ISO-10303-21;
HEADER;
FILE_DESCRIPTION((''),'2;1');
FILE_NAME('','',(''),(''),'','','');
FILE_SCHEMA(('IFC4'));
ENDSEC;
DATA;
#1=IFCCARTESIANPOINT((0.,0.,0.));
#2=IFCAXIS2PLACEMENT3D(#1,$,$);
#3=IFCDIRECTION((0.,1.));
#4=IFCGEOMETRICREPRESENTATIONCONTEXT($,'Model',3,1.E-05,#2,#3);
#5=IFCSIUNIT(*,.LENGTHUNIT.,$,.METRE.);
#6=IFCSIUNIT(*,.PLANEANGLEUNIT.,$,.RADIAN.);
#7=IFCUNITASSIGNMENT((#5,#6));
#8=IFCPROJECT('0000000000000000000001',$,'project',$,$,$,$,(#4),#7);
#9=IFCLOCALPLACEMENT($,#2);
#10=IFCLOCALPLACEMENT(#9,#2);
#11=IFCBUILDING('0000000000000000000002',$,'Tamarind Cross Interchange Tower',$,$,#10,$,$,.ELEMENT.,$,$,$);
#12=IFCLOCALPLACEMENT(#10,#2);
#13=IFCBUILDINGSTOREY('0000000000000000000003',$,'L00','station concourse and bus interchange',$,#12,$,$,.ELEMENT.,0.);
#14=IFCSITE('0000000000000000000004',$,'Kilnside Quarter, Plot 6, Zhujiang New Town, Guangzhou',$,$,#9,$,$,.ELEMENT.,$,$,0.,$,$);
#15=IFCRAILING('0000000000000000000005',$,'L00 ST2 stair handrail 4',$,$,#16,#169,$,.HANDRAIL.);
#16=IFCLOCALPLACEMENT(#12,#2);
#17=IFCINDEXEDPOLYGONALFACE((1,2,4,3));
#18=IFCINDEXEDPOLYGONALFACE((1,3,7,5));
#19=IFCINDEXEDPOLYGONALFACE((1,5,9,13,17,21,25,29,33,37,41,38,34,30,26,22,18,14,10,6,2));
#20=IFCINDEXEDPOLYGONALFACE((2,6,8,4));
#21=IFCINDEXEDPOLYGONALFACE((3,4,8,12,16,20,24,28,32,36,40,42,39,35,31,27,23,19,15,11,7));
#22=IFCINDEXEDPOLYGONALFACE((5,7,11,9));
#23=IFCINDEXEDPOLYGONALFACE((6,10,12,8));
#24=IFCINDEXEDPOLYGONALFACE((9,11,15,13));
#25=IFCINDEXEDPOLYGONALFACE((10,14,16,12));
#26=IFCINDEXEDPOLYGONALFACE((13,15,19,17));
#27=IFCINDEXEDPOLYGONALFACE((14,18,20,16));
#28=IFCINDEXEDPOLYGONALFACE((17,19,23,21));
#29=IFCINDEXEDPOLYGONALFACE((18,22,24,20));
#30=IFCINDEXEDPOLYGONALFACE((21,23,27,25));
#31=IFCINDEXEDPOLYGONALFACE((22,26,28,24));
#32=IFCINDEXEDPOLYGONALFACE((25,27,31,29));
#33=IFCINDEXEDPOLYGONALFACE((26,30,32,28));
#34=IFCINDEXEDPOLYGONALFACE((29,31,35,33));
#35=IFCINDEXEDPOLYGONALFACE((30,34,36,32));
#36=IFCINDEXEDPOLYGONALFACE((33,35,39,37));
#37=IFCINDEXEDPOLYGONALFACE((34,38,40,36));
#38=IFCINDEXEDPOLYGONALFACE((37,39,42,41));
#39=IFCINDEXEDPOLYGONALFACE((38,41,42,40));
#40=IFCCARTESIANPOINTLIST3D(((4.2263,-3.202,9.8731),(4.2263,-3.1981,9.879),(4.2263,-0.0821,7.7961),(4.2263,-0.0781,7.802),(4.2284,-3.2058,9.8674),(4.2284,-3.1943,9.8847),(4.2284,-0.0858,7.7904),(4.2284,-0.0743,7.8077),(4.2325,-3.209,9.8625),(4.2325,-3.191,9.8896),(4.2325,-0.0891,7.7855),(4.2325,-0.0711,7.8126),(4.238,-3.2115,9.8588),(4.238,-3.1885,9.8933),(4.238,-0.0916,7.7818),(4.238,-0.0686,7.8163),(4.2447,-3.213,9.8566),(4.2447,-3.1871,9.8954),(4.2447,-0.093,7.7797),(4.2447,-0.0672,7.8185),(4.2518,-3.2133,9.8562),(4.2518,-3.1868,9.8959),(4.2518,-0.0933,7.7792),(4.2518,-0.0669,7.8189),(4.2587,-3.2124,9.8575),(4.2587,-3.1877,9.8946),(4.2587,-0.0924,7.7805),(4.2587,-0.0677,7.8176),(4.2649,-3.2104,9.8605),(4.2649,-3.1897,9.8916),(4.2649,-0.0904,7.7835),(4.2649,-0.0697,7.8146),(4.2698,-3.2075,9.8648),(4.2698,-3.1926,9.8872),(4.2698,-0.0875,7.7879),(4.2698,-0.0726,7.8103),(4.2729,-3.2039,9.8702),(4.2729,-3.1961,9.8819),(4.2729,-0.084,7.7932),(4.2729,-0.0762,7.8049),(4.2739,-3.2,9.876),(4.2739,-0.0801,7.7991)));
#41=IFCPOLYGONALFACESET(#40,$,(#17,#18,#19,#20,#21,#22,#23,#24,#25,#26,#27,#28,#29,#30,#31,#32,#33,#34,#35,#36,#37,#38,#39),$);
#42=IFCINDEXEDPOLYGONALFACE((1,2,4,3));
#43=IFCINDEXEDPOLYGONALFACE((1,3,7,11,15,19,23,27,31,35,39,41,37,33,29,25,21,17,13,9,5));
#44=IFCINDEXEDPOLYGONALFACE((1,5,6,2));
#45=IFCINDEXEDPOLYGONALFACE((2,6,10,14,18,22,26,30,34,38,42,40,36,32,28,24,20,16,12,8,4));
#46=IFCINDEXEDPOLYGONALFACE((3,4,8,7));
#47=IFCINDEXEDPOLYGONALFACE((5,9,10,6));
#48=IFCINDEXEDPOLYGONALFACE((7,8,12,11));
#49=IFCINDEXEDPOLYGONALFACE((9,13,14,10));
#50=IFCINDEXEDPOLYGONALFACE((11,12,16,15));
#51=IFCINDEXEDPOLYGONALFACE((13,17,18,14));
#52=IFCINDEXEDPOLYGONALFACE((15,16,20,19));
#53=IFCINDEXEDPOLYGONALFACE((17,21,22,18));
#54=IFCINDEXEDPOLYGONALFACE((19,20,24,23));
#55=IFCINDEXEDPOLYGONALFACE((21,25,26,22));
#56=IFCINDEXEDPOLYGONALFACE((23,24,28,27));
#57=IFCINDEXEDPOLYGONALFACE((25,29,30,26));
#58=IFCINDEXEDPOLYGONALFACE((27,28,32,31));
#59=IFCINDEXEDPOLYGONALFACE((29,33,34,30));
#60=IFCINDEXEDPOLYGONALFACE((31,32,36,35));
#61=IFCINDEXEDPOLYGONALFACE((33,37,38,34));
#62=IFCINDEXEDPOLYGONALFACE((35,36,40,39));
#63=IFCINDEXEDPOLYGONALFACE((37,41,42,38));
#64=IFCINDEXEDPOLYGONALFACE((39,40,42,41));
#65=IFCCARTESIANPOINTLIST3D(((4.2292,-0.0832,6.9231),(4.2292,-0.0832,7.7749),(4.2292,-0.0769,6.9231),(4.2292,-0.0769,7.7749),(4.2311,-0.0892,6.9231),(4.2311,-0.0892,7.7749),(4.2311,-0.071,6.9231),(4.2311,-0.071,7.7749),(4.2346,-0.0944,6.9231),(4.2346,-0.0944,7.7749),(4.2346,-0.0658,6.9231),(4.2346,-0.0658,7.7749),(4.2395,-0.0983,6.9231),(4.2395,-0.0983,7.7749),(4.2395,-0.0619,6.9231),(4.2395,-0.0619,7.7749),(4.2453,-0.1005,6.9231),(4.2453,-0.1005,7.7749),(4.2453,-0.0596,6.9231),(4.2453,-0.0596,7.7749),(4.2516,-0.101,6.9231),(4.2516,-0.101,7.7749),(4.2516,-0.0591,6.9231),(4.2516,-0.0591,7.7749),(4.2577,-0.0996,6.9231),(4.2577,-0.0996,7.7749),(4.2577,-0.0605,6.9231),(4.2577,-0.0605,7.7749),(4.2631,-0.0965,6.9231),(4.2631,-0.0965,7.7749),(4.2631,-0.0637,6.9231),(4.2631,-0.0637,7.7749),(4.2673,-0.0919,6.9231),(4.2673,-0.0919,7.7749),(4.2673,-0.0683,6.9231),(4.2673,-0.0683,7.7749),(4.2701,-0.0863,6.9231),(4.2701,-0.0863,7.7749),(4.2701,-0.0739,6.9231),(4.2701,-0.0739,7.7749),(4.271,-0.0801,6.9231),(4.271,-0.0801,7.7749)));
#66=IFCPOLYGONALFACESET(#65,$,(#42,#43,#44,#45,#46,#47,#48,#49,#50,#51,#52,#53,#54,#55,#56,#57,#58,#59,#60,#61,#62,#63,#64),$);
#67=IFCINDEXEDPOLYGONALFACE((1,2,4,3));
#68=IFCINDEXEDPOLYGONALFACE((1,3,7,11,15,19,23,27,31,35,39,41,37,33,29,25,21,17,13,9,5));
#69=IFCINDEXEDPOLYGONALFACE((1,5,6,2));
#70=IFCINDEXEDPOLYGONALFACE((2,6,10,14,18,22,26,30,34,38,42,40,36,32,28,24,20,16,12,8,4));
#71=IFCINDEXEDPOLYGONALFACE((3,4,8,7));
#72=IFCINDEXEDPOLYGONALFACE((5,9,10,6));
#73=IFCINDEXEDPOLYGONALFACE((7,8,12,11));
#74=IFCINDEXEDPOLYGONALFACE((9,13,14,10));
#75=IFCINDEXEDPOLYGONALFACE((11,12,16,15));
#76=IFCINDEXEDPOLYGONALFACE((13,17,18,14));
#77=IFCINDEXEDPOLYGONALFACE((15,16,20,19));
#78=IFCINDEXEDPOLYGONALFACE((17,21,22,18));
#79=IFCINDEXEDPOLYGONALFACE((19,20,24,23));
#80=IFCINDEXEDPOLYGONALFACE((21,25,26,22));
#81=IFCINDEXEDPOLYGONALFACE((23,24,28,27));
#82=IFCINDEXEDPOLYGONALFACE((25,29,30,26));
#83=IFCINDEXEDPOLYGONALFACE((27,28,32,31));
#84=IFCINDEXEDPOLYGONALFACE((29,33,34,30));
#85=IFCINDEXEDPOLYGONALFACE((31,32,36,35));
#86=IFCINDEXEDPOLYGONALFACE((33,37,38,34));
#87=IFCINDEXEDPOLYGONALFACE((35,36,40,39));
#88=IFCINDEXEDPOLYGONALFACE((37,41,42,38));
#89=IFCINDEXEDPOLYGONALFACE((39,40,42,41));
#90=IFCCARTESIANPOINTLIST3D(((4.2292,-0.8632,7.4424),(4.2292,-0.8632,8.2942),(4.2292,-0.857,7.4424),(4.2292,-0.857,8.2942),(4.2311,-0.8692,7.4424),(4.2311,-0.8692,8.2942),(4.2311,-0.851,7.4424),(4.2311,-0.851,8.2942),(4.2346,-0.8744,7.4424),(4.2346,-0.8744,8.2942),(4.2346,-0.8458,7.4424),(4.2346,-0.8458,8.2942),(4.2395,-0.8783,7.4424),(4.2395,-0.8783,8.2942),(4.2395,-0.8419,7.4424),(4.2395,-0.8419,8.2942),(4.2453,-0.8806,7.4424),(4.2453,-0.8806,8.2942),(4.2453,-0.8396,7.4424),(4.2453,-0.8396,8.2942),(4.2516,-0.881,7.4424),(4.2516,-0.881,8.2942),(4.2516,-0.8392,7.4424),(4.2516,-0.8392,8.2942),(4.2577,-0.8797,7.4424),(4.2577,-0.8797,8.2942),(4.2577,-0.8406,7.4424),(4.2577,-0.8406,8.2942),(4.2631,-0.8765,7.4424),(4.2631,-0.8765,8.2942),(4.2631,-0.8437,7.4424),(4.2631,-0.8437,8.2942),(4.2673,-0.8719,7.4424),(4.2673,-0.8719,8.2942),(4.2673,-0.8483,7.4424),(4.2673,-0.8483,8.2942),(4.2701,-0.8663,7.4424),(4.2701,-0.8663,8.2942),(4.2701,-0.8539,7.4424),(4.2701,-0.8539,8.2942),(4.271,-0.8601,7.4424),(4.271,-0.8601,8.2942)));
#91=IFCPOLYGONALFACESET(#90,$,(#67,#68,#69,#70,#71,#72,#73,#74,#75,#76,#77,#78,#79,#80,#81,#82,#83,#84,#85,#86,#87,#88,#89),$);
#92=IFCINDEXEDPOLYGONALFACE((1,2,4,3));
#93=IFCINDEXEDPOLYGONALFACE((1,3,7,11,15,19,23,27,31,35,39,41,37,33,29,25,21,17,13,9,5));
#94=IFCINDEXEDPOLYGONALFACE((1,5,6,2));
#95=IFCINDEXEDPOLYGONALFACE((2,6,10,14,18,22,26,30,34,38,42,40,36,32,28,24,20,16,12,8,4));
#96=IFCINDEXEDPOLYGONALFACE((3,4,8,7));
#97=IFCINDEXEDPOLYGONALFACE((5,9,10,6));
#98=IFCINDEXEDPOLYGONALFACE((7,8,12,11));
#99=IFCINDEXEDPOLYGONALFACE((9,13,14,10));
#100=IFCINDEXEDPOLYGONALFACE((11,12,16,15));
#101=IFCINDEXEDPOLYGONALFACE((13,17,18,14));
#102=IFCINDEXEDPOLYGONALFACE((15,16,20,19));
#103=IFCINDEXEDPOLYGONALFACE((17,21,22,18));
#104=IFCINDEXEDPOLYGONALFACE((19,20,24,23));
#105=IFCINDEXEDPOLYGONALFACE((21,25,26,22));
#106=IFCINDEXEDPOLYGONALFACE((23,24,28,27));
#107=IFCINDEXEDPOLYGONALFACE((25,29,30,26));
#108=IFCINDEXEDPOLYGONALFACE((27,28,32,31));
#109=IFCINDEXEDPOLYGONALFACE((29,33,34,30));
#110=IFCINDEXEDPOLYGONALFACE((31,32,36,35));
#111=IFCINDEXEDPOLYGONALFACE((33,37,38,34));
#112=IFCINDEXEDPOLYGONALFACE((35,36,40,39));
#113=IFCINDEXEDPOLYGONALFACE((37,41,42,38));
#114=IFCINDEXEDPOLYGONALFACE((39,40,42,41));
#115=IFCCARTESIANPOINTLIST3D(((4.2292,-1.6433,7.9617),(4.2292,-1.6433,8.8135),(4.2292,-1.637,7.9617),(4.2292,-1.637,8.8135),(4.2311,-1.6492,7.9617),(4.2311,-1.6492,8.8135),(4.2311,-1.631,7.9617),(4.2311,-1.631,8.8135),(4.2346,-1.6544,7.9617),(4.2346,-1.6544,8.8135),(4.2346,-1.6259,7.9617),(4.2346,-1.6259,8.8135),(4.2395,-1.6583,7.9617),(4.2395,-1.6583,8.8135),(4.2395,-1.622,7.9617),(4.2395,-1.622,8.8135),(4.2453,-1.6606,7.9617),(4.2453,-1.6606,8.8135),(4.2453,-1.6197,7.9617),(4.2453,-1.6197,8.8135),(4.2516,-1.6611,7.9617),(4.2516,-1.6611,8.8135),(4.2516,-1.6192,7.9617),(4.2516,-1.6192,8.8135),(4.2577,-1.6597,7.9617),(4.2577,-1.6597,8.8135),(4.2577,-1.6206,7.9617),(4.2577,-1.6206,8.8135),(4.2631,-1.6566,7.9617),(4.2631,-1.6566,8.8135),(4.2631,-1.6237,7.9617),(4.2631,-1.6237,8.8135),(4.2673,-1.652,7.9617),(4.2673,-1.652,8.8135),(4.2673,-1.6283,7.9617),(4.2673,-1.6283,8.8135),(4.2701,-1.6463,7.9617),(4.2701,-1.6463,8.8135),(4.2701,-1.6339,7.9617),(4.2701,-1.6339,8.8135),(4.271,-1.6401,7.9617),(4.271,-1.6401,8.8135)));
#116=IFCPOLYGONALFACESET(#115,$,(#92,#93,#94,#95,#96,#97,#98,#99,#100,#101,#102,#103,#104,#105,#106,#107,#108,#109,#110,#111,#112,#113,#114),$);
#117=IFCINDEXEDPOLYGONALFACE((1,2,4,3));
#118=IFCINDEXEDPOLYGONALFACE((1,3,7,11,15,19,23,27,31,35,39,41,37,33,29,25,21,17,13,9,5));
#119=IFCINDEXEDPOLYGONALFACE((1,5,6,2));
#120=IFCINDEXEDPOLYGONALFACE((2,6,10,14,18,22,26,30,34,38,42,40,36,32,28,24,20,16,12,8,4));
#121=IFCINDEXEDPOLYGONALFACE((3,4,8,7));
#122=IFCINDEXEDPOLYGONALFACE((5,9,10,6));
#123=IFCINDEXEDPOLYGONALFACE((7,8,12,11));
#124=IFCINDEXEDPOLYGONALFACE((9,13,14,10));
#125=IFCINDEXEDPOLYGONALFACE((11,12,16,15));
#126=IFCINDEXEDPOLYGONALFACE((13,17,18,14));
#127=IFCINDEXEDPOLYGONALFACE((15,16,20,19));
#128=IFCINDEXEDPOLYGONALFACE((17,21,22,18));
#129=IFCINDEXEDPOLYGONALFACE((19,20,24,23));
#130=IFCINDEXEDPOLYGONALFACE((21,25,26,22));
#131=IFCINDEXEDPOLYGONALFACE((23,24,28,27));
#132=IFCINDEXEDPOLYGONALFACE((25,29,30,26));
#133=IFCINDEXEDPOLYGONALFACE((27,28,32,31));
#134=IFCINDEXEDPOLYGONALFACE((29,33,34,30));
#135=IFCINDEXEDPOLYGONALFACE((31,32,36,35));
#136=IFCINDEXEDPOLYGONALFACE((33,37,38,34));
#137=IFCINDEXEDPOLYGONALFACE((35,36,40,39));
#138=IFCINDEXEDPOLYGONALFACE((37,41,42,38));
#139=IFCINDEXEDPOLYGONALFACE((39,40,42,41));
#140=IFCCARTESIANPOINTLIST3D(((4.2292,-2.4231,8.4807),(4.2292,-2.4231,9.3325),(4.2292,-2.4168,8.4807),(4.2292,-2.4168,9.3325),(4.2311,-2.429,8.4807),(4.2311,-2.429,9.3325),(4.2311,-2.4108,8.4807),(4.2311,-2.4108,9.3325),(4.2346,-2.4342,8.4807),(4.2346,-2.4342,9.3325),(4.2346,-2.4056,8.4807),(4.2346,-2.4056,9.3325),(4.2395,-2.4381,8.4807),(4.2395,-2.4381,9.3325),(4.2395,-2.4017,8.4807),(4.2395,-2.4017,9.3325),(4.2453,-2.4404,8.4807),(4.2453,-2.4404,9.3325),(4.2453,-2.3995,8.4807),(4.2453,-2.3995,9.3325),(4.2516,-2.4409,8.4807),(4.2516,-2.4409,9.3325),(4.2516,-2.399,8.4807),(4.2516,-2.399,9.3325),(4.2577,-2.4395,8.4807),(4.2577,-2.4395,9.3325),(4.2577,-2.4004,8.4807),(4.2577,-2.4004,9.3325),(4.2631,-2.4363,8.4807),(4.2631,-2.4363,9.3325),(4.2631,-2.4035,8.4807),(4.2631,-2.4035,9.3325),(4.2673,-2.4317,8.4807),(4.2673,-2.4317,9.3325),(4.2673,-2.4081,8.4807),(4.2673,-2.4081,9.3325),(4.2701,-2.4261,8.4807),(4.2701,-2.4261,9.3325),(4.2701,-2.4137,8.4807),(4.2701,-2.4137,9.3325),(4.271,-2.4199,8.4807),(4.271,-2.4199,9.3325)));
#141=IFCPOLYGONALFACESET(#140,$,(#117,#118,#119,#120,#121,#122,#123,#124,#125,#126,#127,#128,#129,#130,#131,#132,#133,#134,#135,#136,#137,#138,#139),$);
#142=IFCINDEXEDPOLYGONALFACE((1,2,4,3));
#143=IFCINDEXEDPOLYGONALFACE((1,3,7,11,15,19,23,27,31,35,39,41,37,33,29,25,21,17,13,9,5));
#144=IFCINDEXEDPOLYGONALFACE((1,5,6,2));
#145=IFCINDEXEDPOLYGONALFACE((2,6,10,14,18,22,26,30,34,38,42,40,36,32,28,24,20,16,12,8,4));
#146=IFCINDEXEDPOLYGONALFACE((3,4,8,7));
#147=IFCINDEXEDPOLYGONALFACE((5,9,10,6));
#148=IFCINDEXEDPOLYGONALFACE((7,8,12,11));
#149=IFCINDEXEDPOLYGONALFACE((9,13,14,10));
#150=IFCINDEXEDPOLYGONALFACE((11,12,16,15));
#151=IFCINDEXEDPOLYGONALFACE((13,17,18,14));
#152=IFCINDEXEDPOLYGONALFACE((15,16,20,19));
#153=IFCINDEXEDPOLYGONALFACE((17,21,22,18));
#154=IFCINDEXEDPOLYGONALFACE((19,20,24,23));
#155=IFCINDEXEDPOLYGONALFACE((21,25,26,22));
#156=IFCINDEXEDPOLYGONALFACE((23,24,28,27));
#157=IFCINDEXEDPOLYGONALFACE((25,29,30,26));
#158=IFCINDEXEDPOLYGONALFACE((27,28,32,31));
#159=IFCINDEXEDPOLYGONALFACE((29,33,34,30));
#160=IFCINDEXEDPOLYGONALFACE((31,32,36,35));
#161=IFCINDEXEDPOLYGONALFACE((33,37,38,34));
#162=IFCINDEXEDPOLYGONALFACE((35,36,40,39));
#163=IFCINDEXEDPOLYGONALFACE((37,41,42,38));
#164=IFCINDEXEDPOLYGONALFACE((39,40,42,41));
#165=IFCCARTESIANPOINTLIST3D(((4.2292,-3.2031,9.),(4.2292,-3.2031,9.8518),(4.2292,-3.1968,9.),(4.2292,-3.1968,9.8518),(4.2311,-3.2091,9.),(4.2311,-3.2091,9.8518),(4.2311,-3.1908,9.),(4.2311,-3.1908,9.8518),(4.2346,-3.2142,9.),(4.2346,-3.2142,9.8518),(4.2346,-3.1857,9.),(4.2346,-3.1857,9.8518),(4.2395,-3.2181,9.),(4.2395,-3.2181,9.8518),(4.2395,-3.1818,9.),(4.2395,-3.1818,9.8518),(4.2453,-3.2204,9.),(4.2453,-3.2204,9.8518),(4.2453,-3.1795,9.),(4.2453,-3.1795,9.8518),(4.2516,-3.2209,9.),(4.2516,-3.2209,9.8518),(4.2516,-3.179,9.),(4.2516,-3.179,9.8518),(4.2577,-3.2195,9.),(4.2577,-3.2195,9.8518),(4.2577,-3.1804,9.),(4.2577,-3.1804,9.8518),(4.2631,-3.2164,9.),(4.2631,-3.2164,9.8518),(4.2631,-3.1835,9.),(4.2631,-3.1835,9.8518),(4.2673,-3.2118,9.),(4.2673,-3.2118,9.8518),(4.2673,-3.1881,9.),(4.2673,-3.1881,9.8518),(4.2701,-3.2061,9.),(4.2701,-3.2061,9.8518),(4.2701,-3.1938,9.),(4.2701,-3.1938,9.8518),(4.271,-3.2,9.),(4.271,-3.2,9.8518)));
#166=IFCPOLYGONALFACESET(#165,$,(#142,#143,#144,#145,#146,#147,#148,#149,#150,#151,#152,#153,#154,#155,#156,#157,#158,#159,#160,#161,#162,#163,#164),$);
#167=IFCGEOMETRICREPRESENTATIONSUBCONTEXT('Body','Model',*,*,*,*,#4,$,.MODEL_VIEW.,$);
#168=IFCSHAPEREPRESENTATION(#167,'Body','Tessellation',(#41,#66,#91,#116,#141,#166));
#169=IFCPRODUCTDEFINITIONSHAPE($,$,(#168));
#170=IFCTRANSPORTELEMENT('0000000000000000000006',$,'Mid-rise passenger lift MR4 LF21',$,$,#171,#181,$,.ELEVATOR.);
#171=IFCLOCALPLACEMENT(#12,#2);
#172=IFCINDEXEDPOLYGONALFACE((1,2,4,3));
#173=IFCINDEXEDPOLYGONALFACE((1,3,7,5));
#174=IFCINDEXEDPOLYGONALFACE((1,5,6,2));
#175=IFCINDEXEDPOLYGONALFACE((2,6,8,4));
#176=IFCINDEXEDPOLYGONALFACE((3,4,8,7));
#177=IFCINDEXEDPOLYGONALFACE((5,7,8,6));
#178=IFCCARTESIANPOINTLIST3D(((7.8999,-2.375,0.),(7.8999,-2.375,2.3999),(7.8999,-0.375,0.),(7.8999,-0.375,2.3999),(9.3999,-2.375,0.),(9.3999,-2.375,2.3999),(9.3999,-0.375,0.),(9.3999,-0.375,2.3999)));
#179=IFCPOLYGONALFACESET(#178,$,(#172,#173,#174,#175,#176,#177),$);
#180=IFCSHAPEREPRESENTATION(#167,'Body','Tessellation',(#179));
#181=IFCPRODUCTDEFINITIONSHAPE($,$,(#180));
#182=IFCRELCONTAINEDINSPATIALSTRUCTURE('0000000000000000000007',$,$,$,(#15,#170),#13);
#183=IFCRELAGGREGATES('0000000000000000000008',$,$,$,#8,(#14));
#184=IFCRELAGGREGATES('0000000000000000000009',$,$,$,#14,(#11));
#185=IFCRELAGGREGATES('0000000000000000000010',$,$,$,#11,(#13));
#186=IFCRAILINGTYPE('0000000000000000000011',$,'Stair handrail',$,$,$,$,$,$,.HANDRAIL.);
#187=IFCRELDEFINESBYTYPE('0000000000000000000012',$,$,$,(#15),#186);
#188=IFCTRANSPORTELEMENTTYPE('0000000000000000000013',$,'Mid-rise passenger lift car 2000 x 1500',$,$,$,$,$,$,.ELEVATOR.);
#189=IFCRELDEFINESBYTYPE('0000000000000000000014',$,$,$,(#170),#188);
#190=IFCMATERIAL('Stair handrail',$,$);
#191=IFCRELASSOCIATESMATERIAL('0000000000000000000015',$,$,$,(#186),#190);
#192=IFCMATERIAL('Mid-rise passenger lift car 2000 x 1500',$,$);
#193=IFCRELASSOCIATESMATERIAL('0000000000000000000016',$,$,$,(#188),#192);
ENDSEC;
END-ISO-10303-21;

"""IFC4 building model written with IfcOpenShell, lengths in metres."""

from ifc_helpers import new_model, si_unit, direction, frame, origin, origin_2d, place, context, subcontext, project, spatial, rectangle, circle, extrude, material, type_object, element, save


model = new_model("IFC4")

# Units and contexts
model_context = context("Model", 3, precision=1e-05, world=origin(), true_north=direction((0.0, 1.0)))
body_context = subcontext(model_context, "Body", "Model", "MODEL_VIEW")
ifc_project = project(units=[si_unit("LENGTHUNIT", "METRE"), si_unit("PLANEANGLEUNIT", "RADIAN")], contexts=[model_context])

# Site, building, storey
site_placement = place(None, origin())
site = spatial("IfcSite", under=ifc_project, at=site_placement, Name="Kilnside Quarter, Plot 6, Zhujiang New Town, Guangzhou", CompositionType="ELEMENT", RefElevation=0.0)
building_placement = place(site_placement, origin())
building = spatial("IfcBuilding", under=site, at=building_placement, Name="Tamarind Cross Interchange Tower", CompositionType="ELEMENT")
storey_placement = place(building_placement, origin())
storey = spatial("IfcBuildingStorey", under=building, at=storey_placement, Name="L00", Description="station concourse and bus interchange", CompositionType="ELEMENT", Elevation=0.0)

# Railing
ifc_material_1 = material(Name="Stair handrail")
railing_type_1 = type_object("IfcRailingType", Name="Stair handrail", PredefinedType="HANDRAIL", material=ifc_material_1)
railing_1_placement = place(storey_placement, frame((4.25, -0.0801, 6.9231)))
element("IfcRailing", 1, at=railing_1_placement, inside=storey, type_object=railing_type_1, Name="L00 ST2 stair handrail 4", PredefinedType="HANDRAIL", context=body_context, shape_type="SweptSolid", body=[
    extrude(circle(Radius=0.0239, at=origin_2d()), frame((0.0, 0.0, 0.876), z_axis=(0.0, -0.832421, 0.554144), x_axis=(1.0, 0.0, 0.0)), (0.0, 0.0, 1.0), 3.748),
    extrude(circle(Radius=0.021, at=origin_2d()), origin(), (0.0, 0.0, 1.0), 0.8518),
    extrude(circle(Radius=0.021, at=origin_2d()), frame((0.0, -0.78, 0.5193)), (0.0, 0.0, 1.0), 0.8518),
    extrude(circle(Radius=0.021, at=origin_2d()), frame((0.0, -1.5601, 1.0386)), (0.0, 0.0, 1.0), 0.8518),
    extrude(circle(Radius=0.021, at=origin_2d()), frame((0.0, -2.3398, 1.5576)), (0.0, 0.0, 1.0), 0.8518),
    extrude(circle(Radius=0.021, at=origin_2d()), frame((0.0, -3.1199, 2.0769)), (0.0, 0.0, 1.0), 0.8518),
])

# Transport element
ifc_material_2 = material(Name="Mid-rise passenger lift car 2000 x 1500")
transport_element_type = type_object("IfcTransportElementType", Name="Mid-rise passenger lift car 2000 x 1500", PredefinedType="ELEVATOR", material=ifc_material_2)
transport_element_placement = place(storey_placement, frame((8.6499, -1.375, 0.0), z_axis=(0.0, 0.0, 1.0), x_axis=(1.0, 0.0, 0.0)))
element("IfcTransportElement", 2, at=transport_element_placement, inside=storey, type_object=transport_element_type, Name="Mid-rise passenger lift MR4 LF21", PredefinedType="ELEVATOR", context=body_context, shape_type="SweptSolid", body=[
    extrude(rectangle(XDim=1.5, YDim=2.0, at=origin_2d()), origin(), (0.0, 0.0, 1.0), 2.3999),
])

save(model, "model.ifc")
